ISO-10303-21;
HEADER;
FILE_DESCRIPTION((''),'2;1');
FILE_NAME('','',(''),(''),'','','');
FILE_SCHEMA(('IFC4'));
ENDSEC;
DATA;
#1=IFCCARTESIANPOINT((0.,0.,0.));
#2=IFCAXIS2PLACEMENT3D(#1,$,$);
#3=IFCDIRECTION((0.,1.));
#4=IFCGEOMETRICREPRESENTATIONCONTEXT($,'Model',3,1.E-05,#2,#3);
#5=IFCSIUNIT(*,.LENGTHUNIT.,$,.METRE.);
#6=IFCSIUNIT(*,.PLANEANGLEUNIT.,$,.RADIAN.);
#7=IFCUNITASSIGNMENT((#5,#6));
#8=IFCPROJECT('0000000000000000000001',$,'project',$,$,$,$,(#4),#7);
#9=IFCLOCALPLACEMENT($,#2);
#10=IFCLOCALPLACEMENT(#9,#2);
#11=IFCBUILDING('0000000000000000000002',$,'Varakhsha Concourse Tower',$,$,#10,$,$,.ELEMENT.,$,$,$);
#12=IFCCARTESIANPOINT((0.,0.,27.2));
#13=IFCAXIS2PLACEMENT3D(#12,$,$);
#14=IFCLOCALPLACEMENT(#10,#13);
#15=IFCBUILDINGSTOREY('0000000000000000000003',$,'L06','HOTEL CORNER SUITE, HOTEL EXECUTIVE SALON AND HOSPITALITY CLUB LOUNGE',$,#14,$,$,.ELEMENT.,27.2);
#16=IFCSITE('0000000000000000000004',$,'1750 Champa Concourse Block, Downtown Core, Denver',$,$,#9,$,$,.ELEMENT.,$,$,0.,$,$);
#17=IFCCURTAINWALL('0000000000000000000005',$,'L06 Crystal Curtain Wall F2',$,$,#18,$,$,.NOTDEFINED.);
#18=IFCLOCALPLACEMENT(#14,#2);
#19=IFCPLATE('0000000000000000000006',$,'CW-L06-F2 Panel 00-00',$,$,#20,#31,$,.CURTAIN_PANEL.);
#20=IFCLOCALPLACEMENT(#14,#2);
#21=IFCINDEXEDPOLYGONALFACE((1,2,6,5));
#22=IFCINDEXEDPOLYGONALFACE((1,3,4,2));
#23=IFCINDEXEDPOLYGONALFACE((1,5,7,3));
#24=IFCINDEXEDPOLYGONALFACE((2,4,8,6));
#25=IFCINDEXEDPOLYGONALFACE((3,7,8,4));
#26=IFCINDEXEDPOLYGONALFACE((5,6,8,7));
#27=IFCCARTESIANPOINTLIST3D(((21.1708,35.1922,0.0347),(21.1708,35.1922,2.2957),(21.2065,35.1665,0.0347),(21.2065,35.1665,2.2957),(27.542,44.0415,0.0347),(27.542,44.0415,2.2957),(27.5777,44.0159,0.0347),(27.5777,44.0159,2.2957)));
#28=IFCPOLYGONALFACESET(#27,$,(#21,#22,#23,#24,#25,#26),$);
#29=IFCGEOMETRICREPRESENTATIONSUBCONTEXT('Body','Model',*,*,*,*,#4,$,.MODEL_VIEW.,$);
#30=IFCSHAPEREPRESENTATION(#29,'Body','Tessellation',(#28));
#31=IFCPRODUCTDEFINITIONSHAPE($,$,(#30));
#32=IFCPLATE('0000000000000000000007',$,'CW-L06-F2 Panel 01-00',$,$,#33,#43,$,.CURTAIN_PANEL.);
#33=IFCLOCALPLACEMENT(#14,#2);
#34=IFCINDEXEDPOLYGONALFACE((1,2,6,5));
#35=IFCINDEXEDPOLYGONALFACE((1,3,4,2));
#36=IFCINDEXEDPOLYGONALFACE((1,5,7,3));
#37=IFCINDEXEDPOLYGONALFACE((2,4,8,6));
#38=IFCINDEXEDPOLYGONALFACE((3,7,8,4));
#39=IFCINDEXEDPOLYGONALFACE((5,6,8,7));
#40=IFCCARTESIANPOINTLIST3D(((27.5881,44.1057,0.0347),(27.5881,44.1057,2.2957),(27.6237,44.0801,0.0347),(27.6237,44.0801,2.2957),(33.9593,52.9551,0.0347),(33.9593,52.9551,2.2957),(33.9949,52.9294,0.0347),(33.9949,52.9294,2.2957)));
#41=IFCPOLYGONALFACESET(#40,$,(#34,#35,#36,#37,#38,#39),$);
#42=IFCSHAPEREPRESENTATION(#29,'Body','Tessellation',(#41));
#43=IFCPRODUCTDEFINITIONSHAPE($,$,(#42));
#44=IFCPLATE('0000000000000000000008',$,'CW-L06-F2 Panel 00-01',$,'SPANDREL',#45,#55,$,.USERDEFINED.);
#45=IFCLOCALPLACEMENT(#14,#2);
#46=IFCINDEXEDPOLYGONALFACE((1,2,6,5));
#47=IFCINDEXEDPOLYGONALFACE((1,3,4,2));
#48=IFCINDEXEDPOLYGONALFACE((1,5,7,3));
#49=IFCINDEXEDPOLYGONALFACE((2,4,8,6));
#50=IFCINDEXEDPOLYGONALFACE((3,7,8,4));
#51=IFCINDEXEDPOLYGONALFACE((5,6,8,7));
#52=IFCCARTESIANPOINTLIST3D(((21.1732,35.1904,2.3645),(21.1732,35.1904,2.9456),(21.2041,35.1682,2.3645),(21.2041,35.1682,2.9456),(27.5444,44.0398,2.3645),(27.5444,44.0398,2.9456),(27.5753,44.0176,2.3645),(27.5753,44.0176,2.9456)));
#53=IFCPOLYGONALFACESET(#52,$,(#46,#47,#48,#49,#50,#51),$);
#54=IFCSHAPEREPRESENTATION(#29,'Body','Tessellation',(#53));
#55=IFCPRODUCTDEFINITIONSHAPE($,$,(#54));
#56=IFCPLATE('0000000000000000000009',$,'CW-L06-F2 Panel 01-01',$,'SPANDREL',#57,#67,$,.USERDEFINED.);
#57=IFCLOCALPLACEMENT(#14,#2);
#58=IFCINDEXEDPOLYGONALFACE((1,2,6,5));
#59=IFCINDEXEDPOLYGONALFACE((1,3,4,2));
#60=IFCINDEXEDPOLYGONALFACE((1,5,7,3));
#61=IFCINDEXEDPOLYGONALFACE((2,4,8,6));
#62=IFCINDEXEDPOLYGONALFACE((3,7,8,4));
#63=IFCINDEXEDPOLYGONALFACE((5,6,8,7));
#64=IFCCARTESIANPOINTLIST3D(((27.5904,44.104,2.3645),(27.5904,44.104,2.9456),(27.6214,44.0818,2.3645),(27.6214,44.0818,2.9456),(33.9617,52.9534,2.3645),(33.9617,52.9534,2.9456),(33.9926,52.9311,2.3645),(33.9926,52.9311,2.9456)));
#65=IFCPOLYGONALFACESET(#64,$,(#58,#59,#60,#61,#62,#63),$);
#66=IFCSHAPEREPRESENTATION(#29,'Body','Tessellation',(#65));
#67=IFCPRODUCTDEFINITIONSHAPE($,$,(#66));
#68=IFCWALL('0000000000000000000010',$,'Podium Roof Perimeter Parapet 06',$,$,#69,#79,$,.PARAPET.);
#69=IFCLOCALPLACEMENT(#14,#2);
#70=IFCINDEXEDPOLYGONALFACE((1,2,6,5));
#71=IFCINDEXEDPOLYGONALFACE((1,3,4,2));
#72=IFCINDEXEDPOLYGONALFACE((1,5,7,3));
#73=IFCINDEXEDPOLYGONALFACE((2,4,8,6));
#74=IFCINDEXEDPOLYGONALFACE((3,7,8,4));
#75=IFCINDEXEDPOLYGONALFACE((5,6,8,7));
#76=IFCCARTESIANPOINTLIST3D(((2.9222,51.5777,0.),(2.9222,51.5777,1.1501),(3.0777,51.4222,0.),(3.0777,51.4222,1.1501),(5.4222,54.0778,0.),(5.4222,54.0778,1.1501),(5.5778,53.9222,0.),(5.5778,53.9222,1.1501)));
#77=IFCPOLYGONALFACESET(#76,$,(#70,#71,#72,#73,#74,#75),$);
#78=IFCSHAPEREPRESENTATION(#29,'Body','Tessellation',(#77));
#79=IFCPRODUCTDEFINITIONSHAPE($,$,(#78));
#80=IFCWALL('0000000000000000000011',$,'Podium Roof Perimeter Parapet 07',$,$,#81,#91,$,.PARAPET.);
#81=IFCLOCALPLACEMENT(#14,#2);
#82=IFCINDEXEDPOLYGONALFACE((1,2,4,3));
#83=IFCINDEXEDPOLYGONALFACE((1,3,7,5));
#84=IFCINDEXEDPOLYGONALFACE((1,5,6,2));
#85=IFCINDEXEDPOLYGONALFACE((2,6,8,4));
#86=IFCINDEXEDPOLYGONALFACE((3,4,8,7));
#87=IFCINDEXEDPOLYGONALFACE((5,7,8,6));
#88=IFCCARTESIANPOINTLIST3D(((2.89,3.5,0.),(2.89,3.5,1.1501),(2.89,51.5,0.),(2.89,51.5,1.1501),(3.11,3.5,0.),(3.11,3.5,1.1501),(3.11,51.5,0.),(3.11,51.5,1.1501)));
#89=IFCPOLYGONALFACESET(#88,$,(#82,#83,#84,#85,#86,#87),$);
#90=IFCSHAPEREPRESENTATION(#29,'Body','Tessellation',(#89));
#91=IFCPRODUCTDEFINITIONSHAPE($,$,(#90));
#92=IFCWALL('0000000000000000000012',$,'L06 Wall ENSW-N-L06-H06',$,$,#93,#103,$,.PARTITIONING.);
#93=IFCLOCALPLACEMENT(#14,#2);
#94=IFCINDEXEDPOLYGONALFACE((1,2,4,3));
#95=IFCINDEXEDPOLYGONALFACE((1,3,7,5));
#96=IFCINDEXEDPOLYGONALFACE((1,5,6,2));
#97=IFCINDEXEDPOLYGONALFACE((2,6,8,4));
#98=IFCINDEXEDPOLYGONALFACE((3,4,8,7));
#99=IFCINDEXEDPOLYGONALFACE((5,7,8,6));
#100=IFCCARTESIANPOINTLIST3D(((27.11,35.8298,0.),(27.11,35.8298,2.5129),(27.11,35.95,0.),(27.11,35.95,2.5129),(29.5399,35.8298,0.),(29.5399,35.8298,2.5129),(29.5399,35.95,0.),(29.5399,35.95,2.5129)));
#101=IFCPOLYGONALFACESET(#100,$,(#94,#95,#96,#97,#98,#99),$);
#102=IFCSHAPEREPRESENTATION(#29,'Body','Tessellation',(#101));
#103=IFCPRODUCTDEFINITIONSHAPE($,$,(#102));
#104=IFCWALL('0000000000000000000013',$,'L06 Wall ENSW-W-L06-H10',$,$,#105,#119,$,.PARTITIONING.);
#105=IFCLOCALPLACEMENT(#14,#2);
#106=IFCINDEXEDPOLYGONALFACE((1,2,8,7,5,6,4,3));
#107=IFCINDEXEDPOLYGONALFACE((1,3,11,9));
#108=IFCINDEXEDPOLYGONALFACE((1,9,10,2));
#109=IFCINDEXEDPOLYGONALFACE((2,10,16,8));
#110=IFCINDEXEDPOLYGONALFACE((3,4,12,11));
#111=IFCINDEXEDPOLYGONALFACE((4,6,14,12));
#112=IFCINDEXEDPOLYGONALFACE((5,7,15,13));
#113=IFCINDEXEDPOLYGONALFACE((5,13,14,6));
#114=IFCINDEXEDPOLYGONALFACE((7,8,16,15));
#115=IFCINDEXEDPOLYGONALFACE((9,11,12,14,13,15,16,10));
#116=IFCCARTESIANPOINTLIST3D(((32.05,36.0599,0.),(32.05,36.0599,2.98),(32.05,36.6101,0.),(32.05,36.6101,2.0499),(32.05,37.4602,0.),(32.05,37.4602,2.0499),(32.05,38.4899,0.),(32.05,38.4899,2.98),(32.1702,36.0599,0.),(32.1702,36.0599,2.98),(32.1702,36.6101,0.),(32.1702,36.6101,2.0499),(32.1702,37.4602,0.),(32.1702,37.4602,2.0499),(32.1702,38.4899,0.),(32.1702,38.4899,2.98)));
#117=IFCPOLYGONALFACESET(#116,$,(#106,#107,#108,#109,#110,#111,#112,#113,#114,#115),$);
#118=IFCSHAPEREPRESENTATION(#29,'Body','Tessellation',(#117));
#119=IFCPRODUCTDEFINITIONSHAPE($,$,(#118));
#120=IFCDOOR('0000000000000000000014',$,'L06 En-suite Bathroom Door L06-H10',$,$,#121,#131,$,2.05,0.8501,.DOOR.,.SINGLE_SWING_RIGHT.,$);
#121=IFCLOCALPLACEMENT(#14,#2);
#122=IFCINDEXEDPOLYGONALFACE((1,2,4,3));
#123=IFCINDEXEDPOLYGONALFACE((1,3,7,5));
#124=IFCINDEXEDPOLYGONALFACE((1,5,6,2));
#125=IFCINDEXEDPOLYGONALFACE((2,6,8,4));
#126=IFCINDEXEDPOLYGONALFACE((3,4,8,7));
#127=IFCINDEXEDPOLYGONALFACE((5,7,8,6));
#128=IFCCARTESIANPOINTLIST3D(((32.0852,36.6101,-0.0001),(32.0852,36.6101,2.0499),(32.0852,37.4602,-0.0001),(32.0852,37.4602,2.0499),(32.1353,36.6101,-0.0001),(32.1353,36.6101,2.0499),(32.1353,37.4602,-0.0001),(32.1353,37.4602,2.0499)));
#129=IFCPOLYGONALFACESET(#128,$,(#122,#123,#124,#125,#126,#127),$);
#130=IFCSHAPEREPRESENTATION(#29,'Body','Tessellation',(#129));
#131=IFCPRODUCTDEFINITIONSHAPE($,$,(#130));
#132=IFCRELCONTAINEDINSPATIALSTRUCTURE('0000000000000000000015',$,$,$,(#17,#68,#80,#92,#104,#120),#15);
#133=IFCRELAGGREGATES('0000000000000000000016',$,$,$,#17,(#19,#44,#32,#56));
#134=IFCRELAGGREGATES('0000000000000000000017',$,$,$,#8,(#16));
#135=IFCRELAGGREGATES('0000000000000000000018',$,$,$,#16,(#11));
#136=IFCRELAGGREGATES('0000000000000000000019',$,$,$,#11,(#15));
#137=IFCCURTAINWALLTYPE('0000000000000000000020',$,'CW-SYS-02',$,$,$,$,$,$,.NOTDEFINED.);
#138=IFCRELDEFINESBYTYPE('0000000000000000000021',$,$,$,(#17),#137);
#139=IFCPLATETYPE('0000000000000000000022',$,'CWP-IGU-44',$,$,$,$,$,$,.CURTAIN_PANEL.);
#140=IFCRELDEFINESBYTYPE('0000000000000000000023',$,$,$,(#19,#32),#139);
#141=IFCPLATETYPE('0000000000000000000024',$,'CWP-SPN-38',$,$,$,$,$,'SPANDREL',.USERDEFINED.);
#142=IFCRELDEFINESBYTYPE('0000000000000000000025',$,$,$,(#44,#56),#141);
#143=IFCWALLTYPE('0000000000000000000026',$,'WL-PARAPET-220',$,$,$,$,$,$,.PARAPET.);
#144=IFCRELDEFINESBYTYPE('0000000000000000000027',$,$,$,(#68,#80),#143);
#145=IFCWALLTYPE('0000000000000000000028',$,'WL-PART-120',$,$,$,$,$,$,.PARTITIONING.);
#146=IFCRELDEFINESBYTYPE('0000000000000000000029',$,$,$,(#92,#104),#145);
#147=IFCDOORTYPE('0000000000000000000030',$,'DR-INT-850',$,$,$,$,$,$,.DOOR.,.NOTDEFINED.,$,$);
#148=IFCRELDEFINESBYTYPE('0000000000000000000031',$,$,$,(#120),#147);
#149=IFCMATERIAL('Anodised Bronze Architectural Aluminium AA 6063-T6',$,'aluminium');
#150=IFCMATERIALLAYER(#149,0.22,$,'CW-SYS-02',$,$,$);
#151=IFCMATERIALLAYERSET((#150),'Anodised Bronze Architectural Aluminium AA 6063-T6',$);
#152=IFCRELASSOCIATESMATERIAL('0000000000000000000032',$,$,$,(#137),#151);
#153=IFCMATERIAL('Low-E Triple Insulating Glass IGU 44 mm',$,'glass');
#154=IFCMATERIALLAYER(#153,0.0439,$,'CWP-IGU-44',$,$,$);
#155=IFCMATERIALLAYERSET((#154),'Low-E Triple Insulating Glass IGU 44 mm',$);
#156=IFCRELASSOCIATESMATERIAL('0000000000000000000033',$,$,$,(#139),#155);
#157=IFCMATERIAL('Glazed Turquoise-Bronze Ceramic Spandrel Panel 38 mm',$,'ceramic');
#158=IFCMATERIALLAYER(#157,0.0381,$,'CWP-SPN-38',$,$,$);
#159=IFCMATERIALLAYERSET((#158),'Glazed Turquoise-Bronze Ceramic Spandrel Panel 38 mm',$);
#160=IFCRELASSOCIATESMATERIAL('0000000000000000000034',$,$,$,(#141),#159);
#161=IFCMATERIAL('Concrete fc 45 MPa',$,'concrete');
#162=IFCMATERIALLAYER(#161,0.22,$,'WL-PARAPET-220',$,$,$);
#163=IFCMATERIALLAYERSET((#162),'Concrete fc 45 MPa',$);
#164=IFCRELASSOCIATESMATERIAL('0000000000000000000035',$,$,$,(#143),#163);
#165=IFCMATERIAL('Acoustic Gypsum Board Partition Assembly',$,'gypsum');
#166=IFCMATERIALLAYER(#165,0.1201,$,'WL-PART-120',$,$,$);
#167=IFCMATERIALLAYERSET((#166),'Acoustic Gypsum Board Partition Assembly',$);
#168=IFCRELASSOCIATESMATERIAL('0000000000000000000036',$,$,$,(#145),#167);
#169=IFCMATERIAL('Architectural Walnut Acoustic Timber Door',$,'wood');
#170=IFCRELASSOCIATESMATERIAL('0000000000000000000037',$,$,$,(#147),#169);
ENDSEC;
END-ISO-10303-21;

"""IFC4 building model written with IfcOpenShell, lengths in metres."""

from ifc_helpers import new_model, si_unit, direction, frame, frame_2d, origin, origin_2d, place, context, subcontext, project, spatial, rectangle, extrude, source, transform, mapped, material, layer, layer_set, type_object, type_shapes, element, fill, aggregate, save


model = new_model("IFC4")

# Units and contexts
model_context = context("Model", 3, precision=1e-05, world=origin(), true_north=direction((0.0, 1.0)))
body_context = subcontext(model_context, "Body", "Model", "MODEL_VIEW")
ifc_project = project(units=[si_unit("LENGTHUNIT", "METRE"), si_unit("PLANEANGLEUNIT", "RADIAN")], contexts=[model_context])

# Site, building, storey
site_placement = place(None, origin())
site = spatial("IfcSite", under=ifc_project, at=site_placement, Name="1750 Champa Concourse Block, Downtown Core, Denver", CompositionType="ELEMENT", RefElevation=0.0)
building_placement = place(site_placement, origin())
building = spatial("IfcBuilding", under=site, at=building_placement, Name="Varakhsha Concourse Tower", CompositionType="ELEMENT")
storey_placement = place(building_placement, frame((0.0, 0.0, 27.2)))
storey = spatial("IfcBuildingStorey", under=building, at=storey_placement, Name="L06", Description="HOTEL CORNER SUITE, HOTEL EXECUTIVE SALON AND HOSPITALITY CLUB LOUNGE", CompositionType="ELEMENT", Elevation=27.2)

# Curtain wall
ifc_material_1 = material(Name="Anodised Bronze Architectural Aluminium AA 6063-T6", Category="aluminium")
ifc_layer_1 = layer(ifc_material_1, 0.22, Name="CW-SYS-02")
ifc_layer_set_1 = layer_set([ifc_layer_1], Name="Anodised Bronze Architectural Aluminium AA 6063-T6")
curtain_wall_type = type_object("IfcCurtainWallType", Name="CW-SYS-02", PredefinedType="NOTDEFINED", material=ifc_layer_set_1)
curtain_wall_1_placement = place(storey_placement, origin())
curtain_wall_1 = element("IfcCurtainWall", 1, at=curtain_wall_1_placement, inside=storey, type_object=curtain_wall_type, Name="L06 Crystal Curtain Wall F2", PredefinedType="NOTDEFINED")

# Plates
ifc_material_2 = material(Name="Low-E Triple Insulating Glass IGU 44 mm", Category="glass")
ifc_layer_2 = layer(ifc_material_2, 0.0439, Name="CWP-IGU-44")
ifc_layer_set_2 = layer_set([ifc_layer_2], Name="Low-E Triple Insulating Glass IGU 44 mm")
plate_type_1 = type_object("IfcPlateType", Name="CWP-IGU-44", PredefinedType="CURTAIN_PANEL", material=ifc_layer_set_2)
shared_shape_1 = source(origin(), body_context, "Body", "SweptSolid", [
    extrude(rectangle(XDim=10.9043, YDim=0.0439, at=origin_2d()), origin(), (0.0, 0.0, 1.0), 2.261),
])
type_shapes(plate_type_1, [shared_shape_1])
plate_1_placement = place(storey_placement, frame((24.3743, 39.604, 0.0347), z_axis=(0.0, 0.0, 1.0), x_axis=(0.584284, 0.81155, 0.0)))
plate_1 = element("IfcPlate", 2, at=plate_1_placement, type_object=plate_type_1, Name="CW-L06-F2 Panel 00-00", PredefinedType="CURTAIN_PANEL", context=body_context, shape_type="MappedRepresentation", body=[
    mapped(shared_shape_1, transform((0.0, 0.0, 0.0), scale=1.0)),
])
plate_2_placement = place(storey_placement, frame((30.7915, 48.5176, 0.0347), z_axis=(0.0, 0.0, 1.0), x_axis=(0.584284, 0.81155, 0.0)))
plate_2 = element("IfcPlate", 3, at=plate_2_placement, type_object=plate_type_1, Name="CW-L06-F2 Panel 01-00", PredefinedType="CURTAIN_PANEL", context=body_context, shape_type="MappedRepresentation", body=[
    mapped(shared_shape_1, transform((0.0, 0.0, 0.0), scale=1.0)),
])
ifc_material_3 = material(Name="Glazed Turquoise-Bronze Ceramic Spandrel Panel 38 mm", Category="ceramic")
ifc_layer_3 = layer(ifc_material_3, 0.0381, Name="CWP-SPN-38")
ifc_layer_set_3 = layer_set([ifc_layer_3], Name="Glazed Turquoise-Bronze Ceramic Spandrel Panel 38 mm")
plate_type_2 = type_object("IfcPlateType", Name="CWP-SPN-38", ElementType="SPANDREL", PredefinedType="USERDEFINED", material=ifc_layer_set_3)
shared_shape_2 = source(origin(), body_context, "Body", "SweptSolid", [
    extrude(rectangle(XDim=10.9043, YDim=0.0381, at=origin_2d()), origin(), (0.0, 0.0, 1.0), 0.5811),
])
type_shapes(plate_type_2, [shared_shape_2])
plate_3_placement = place(storey_placement, frame((24.3743, 39.604, 2.3645), z_axis=(0.0, 0.0, 1.0), x_axis=(0.584284, 0.81155, 0.0)))
plate_3 = element("IfcPlate", 4, at=plate_3_placement, type_object=plate_type_2, Name="CW-L06-F2 Panel 00-01", ObjectType="SPANDREL", PredefinedType="USERDEFINED", context=body_context, shape_type="MappedRepresentation", body=[
    mapped(shared_shape_2, transform((0.0, 0.0, 0.0), scale=1.0)),
])
plate_4_placement = place(storey_placement, frame((30.7915, 48.5176, 2.3645), z_axis=(0.0, 0.0, 1.0), x_axis=(0.584284, 0.81155, 0.0)))
plate_4 = element("IfcPlate", 5, at=plate_4_placement, type_object=plate_type_2, Name="CW-L06-F2 Panel 01-01", ObjectType="SPANDREL", PredefinedType="USERDEFINED", context=body_context, shape_type="MappedRepresentation", body=[
    mapped(shared_shape_2, transform((0.0, 0.0, 0.0), scale=1.0)),
])
aggregate(curtain_wall_1, [plate_1, plate_3, plate_2, plate_4])

# Walls
ifc_material_4 = material(Name="Concrete fc 45 MPa", Category="concrete")
ifc_layer_4 = layer(ifc_material_4, 0.22, Name="WL-PARAPET-220")
ifc_layer_set_4 = layer_set([ifc_layer_4], Name="Concrete fc 45 MPa")
wall_type_1 = type_object("IfcWallType", Name="WL-PARAPET-220", PredefinedType="PARAPET", material=ifc_layer_set_4)
wall_1_placement = place(storey_placement, frame((5.5, 54.0, 0.0), z_axis=(0.0, 0.0, 1.0), x_axis=(-0.707107, -0.707107, 0.0)))
element("IfcWall", 6, at=wall_1_placement, inside=storey, type_object=wall_type_1, Name="Podium Roof Perimeter Parapet 06", PredefinedType="PARAPET", context=body_context, shape_type="SweptSolid", body=[
    extrude(rectangle(XDim=3.5356, YDim=0.22, at=frame_2d((1.7678, 0.0))), origin(), (0.0, 0.0, 1.0), 1.1501),
])
wall_2_placement = place(storey_placement, frame((3.0, 51.5, 0.0), z_axis=(0.0, 0.0, 1.0), x_axis=(0.0, -1.0, 0.0)))
element("IfcWall", 7, at=wall_2_placement, inside=storey, type_object=wall_type_1, Name="Podium Roof Perimeter Parapet 07", PredefinedType="PARAPET", context=body_context, shape_type="SweptSolid", body=[
    extrude(rectangle(XDim=48.0, YDim=0.22, at=frame_2d((24.0, 0.0))), origin(), (0.0, 0.0, 1.0), 1.1501),
])
ifc_material_5 = material(Name="Acoustic Gypsum Board Partition Assembly", Category="gypsum")
ifc_layer_5 = layer(ifc_material_5, 0.1201, Name="WL-PART-120")
ifc_layer_set_5 = layer_set([ifc_layer_5], Name="Acoustic Gypsum Board Partition Assembly")
wall_type_2 = type_object("IfcWallType", Name="WL-PART-120", PredefinedType="PARTITIONING", material=ifc_layer_set_5)
wall_3_placement = place(storey_placement, frame((27.1101, 35.8899, 0.0), z_axis=(0.0, 0.0, 1.0), x_axis=(1.0, 0.0, 0.0)))
element("IfcWall", 8, at=wall_3_placement, inside=storey, type_object=wall_type_2, Name="L06 Wall ENSW-N-L06-H06", PredefinedType="PARTITIONING", context=body_context, shape_type="SweptSolid", body=[
    extrude(rectangle(XDim=2.4299, YDim=0.1201, at=frame_2d((1.2148, 0.0))), origin(), (0.0, 0.0, 1.0), 2.5129),
])

# Wall, opening, door
wall_4_placement = place(storey_placement, frame((32.1101, 36.0601, 0.0), z_axis=(0.0, 0.0, 1.0), x_axis=(0.0, 1.0, 0.0)))
wall_4 = element("IfcWall", 9, at=wall_4_placement, inside=storey, type_object=wall_type_2, Name="L06 Wall ENSW-W-L06-H10", PredefinedType="PARTITIONING", context=body_context, shape_type="SweptSolid", body=[
    extrude(rectangle(XDim=2.4299, YDim=0.1201, at=frame_2d((1.2148, 0.0))), origin(), (0.0, 0.0, 1.0), 2.98),
])
opening_1_placement = place(wall_4_placement, frame((0.55, 0.0, 0.0)))
opening_1 = element("IfcOpeningElement", 10, at=opening_1_placement, cuts=wall_4, PredefinedType="OPENING", context=body_context, shape_type="SweptSolid", body=[
    extrude(rectangle(XDim=0.8501, YDim=2.05, at=frame_2d((0.425, 1.0249))), frame((0.0, 0.0701, 0.0), z_axis=(0.0, -1.0, 0.0), x_axis=(1.0, 0.0, 0.0)), (0.0, 0.0, 1.0), 0.1401),
])
ifc_material_6 = material(Name="Architectural Walnut Acoustic Timber Door", Category="wood")
door_type_1 = type_object("IfcDoorType", Name="DR-INT-850", OperationType="NOTDEFINED", PredefinedType="DOOR", material=ifc_material_6)
door_1_placement = place(opening_1_placement, origin())
door_1 = element("IfcDoor", 11, at=door_1_placement, inside=storey, type_object=door_type_1, Name="L06 En-suite Bathroom Door L06-H10", OperationType="SINGLE_SWING_RIGHT", OverallHeight=2.05, OverallWidth=0.8501, PredefinedType="DOOR", context=body_context, shape_type="SweptSolid", body=[
    extrude(rectangle(XDim=0.8501, YDim=2.05, at=frame_2d((0.425, 1.0249))), frame((0.0, 0.0249, 0.0), z_axis=(0.0, -1.0, 0.0), x_axis=(1.0, 0.0, 0.0)), (0.0, 0.0, 1.0), 0.05),
])
fill(opening_1, door_1)

save(model, "model.ifc")
